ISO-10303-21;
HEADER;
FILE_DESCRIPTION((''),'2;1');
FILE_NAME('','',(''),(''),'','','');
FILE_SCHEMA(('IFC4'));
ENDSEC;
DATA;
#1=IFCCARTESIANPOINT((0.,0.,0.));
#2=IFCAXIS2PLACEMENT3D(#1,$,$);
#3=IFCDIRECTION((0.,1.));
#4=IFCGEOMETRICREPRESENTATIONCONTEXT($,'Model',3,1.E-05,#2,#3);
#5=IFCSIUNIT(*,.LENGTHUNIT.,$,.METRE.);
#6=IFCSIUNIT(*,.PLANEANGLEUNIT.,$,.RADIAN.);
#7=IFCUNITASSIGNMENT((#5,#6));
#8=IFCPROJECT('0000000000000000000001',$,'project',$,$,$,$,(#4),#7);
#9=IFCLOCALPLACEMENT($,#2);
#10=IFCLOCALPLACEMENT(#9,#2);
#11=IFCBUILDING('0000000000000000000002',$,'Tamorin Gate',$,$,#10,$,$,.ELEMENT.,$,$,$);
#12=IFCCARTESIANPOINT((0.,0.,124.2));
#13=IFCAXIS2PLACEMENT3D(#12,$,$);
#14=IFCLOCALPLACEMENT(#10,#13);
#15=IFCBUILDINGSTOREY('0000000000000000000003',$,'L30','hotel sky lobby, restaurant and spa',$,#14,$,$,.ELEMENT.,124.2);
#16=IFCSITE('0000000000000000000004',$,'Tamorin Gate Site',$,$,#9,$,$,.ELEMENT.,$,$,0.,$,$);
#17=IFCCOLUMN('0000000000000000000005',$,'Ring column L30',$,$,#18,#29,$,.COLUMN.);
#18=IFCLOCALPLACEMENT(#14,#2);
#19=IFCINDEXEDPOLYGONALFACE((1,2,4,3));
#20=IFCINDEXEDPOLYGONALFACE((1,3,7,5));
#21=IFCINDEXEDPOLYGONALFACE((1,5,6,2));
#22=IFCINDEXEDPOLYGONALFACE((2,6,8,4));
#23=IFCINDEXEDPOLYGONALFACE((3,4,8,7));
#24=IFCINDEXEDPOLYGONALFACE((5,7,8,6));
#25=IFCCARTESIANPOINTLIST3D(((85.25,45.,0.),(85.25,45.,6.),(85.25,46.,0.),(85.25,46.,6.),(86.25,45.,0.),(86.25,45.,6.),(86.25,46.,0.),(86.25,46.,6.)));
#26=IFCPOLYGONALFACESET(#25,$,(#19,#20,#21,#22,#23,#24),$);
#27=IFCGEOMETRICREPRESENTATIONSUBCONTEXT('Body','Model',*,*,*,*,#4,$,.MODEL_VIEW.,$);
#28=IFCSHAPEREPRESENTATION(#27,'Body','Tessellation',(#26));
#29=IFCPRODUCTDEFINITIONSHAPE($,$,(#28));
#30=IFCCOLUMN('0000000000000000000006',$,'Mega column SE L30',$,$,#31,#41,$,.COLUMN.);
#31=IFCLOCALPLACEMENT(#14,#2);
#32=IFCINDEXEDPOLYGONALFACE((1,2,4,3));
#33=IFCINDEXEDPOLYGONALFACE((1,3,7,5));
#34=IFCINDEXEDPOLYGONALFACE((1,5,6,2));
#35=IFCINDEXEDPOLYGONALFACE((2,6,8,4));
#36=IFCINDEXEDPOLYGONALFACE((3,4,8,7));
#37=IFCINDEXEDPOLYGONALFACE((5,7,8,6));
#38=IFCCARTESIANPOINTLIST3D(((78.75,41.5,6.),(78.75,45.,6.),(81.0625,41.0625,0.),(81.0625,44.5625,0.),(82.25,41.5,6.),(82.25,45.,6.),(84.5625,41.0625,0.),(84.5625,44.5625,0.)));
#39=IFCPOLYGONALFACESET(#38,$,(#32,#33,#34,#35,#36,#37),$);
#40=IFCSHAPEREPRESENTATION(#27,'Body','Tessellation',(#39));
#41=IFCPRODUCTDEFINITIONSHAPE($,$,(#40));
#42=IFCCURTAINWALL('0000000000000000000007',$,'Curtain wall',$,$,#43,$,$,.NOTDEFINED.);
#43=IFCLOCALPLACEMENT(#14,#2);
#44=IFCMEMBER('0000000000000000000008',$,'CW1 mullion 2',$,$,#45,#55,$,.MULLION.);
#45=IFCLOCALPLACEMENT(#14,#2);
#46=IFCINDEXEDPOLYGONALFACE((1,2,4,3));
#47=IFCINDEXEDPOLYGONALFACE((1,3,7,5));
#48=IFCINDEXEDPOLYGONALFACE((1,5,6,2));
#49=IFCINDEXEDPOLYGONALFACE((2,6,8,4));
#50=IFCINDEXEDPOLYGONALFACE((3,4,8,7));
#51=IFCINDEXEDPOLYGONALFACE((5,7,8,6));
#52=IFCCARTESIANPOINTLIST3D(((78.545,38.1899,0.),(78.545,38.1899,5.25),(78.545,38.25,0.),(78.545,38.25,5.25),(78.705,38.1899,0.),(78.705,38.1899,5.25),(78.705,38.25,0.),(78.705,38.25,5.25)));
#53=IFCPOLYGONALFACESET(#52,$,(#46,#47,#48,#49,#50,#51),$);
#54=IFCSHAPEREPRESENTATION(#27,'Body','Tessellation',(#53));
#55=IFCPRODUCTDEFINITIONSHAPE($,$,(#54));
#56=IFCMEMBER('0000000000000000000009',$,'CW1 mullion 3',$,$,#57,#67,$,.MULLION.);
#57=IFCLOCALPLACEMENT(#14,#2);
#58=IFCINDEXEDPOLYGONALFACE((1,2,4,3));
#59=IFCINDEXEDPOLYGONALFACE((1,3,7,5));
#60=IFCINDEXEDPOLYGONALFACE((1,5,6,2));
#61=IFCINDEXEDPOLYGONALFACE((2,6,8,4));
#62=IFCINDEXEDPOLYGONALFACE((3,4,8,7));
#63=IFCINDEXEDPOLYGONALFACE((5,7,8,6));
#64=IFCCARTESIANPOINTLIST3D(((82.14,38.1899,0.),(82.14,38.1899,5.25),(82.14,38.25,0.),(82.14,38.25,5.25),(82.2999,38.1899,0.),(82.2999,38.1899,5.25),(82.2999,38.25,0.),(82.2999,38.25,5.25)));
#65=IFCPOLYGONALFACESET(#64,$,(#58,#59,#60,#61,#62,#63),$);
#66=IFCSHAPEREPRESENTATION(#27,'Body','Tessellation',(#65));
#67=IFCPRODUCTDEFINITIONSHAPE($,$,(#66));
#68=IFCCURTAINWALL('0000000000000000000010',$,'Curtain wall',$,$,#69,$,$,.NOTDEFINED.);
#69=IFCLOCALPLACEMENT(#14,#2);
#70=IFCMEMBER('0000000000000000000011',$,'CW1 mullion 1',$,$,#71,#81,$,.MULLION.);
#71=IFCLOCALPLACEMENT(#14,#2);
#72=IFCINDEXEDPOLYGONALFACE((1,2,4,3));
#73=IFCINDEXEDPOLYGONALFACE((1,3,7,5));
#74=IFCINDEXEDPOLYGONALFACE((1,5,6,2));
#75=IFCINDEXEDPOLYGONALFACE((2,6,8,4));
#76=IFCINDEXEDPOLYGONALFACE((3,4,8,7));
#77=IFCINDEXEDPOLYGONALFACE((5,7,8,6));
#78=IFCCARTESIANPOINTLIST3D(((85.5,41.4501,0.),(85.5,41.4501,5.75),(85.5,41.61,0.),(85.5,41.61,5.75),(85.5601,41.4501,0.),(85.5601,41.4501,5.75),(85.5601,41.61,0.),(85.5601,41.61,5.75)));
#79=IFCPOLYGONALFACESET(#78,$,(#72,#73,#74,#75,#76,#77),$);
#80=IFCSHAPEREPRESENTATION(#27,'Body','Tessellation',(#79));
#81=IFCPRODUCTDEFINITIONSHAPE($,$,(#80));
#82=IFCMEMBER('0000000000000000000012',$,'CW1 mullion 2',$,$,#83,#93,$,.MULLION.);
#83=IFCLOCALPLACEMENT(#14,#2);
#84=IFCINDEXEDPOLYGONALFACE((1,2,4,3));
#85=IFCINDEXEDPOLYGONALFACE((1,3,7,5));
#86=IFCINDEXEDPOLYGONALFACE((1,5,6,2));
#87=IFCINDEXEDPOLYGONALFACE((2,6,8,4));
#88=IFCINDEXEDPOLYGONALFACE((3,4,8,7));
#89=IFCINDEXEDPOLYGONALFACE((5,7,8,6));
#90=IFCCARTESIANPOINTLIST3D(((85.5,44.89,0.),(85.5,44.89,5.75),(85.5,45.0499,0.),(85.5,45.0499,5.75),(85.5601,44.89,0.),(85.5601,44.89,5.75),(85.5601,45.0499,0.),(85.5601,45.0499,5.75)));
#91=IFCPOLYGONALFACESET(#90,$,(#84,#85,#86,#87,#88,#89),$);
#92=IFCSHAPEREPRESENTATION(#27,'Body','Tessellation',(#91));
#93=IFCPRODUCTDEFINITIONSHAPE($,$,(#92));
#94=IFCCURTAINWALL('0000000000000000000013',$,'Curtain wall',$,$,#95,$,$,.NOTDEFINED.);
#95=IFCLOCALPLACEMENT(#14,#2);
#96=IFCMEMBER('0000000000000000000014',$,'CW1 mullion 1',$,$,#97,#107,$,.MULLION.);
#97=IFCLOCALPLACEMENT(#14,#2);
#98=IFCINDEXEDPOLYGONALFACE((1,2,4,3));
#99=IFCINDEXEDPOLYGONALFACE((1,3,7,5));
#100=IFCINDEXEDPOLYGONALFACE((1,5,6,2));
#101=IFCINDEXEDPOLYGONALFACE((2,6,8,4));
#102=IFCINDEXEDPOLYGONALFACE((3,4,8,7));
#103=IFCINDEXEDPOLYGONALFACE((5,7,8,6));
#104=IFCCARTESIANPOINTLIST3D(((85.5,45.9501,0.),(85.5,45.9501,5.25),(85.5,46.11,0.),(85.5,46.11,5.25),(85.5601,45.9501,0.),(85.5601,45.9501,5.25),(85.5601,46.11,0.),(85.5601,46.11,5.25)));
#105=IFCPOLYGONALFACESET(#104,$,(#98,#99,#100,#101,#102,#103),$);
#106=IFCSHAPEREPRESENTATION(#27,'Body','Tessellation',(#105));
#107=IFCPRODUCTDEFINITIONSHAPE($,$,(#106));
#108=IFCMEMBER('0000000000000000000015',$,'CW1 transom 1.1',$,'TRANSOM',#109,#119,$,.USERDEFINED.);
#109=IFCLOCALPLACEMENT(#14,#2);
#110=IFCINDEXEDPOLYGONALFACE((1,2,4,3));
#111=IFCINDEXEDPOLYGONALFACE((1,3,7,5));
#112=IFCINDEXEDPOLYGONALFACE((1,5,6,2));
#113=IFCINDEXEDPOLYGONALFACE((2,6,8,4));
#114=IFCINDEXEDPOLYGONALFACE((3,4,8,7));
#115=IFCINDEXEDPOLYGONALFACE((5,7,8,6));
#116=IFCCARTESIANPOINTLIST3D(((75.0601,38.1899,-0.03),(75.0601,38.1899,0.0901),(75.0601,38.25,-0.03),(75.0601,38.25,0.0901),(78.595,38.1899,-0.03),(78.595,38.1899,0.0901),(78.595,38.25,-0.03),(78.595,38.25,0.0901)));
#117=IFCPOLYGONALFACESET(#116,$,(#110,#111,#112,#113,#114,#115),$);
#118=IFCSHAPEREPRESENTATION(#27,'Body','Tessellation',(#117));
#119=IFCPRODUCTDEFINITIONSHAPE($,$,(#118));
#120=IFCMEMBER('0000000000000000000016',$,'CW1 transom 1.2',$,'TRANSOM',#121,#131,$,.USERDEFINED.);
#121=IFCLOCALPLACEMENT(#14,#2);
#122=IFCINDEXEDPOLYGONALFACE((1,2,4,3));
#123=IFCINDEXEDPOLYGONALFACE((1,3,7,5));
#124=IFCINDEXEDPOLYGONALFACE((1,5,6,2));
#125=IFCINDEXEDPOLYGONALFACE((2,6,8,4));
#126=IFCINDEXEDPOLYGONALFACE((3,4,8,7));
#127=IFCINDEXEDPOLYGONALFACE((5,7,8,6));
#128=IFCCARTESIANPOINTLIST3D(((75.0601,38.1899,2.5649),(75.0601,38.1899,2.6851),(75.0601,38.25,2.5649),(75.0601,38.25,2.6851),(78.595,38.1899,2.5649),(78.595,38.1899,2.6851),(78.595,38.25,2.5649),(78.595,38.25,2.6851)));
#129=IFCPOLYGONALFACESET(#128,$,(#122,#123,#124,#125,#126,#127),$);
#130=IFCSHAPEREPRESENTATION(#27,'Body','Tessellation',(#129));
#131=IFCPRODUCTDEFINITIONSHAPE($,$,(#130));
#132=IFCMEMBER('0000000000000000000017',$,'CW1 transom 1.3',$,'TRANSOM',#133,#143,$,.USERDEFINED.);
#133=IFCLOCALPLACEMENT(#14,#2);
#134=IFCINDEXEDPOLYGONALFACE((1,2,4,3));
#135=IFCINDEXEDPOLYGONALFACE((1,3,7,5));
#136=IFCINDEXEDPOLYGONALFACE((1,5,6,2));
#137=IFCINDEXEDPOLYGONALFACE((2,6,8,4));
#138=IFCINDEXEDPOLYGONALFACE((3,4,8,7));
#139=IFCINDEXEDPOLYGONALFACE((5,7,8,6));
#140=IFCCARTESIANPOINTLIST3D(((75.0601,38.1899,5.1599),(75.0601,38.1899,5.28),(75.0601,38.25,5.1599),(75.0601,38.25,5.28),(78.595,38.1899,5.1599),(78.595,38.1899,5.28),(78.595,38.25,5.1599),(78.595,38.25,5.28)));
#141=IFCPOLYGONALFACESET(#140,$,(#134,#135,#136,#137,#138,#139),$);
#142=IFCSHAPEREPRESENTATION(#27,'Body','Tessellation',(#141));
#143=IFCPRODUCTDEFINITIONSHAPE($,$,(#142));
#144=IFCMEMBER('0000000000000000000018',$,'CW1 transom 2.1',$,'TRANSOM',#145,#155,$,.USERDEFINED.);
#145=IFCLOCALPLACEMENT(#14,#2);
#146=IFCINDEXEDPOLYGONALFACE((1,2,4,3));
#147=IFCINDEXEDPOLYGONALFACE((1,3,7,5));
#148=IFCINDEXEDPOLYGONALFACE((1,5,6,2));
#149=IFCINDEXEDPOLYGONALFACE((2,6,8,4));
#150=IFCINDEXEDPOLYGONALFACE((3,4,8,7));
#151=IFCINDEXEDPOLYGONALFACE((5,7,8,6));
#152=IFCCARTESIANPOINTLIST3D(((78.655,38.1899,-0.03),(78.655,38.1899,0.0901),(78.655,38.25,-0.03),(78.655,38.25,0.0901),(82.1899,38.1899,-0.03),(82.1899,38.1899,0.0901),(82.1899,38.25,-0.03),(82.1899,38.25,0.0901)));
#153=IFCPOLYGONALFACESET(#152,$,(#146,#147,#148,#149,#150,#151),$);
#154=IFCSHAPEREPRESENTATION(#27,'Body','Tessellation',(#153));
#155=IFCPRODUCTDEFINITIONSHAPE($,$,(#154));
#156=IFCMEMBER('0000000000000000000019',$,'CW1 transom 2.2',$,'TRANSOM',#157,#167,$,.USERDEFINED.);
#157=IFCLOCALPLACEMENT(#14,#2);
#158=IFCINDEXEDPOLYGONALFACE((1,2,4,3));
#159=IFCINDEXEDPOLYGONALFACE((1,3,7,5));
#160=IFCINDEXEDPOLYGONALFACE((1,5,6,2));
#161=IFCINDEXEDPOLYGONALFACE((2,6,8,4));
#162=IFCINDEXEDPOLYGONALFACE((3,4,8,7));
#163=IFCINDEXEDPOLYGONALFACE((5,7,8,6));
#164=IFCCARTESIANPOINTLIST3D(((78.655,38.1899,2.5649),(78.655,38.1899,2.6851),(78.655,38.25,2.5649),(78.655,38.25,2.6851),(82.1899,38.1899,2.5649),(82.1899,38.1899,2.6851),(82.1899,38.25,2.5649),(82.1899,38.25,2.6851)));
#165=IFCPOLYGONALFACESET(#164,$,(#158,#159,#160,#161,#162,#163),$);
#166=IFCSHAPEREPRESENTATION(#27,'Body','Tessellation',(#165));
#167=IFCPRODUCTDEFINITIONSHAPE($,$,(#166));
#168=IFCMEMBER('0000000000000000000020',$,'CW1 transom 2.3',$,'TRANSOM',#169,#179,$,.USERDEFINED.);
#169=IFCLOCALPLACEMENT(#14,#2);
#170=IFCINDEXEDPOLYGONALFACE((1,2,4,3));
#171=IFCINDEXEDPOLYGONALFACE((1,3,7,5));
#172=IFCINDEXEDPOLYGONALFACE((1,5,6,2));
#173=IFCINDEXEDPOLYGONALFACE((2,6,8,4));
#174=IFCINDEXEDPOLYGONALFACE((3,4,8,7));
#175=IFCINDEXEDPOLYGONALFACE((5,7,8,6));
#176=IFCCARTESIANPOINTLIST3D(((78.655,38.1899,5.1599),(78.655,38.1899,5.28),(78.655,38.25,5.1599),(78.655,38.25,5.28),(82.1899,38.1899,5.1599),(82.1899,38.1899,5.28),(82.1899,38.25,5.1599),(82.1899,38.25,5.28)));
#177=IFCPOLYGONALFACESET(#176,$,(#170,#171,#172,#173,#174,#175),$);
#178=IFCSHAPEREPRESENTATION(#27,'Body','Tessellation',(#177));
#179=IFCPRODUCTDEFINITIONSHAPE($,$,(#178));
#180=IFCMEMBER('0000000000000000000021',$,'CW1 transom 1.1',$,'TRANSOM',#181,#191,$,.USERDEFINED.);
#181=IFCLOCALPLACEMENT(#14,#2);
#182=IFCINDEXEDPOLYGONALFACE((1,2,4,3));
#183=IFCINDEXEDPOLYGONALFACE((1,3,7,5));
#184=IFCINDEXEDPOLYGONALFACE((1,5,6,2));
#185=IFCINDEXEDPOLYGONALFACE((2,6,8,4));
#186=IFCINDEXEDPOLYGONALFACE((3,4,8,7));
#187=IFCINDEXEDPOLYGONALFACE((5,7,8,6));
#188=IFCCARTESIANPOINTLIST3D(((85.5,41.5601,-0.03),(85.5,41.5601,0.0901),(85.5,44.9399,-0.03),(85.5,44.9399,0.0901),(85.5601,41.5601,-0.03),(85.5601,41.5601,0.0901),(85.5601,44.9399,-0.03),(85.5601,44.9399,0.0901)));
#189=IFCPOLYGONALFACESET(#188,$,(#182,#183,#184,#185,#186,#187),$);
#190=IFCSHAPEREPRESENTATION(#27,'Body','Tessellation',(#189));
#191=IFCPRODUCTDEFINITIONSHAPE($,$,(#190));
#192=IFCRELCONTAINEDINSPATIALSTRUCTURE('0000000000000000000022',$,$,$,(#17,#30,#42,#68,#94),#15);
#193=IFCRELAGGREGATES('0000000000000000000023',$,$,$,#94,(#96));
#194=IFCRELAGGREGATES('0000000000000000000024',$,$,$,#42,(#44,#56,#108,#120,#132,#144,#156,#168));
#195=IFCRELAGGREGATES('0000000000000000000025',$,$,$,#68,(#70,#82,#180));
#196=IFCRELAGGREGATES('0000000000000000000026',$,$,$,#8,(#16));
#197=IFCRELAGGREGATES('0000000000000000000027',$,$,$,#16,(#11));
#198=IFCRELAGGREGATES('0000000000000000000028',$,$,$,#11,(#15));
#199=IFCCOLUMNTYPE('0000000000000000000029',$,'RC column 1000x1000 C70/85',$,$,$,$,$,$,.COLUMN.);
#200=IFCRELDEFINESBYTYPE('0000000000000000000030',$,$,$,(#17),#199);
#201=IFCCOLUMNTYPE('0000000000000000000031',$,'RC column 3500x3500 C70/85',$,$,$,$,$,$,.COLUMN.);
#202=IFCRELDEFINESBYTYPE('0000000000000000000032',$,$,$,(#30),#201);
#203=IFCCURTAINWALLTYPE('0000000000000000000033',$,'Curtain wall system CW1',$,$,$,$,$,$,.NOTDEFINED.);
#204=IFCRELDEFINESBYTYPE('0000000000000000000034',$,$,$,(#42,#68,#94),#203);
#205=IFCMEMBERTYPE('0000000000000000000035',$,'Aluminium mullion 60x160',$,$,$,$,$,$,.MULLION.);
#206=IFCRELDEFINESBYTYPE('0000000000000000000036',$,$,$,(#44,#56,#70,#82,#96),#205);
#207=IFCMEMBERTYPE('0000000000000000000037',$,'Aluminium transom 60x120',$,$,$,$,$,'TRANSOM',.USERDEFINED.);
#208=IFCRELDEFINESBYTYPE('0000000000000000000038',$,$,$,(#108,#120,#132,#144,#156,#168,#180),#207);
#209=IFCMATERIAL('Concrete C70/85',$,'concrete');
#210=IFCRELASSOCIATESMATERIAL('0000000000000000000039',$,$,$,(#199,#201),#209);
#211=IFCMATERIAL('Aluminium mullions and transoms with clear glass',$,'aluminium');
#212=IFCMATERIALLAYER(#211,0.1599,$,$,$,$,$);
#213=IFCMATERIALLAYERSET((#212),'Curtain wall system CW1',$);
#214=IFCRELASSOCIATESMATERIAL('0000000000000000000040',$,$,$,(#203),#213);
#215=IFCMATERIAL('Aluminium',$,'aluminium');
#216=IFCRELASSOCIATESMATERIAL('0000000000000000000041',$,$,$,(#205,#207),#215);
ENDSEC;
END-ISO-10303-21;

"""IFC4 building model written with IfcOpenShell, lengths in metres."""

from ifc_helpers import new_model, si_unit, direction, frame, origin, origin_2d, place, context, subcontext, project, spatial, rectangle, extrude, material, layer, layer_set, material_profile, profile_set, type_object, element, aggregate, save


model = new_model("IFC4")

# Units and contexts
model_context = context("Model", 3, precision=1e-05, world=origin(), true_north=direction((0.0, 1.0)))
body_context = subcontext(model_context, "Body", "Model", "MODEL_VIEW")
ifc_project = project(units=[si_unit("LENGTHUNIT", "METRE"), si_unit("PLANEANGLEUNIT", "RADIAN")], contexts=[model_context])

# Site, building, storey
site_placement = place(None, origin())
site = spatial("IfcSite", under=ifc_project, at=site_placement, Name="Tamorin Gate Site", CompositionType="ELEMENT", RefElevation=0.0)
building_placement = place(site_placement, origin())
building = spatial("IfcBuilding", under=site, at=building_placement, Name="Tamorin Gate", CompositionType="ELEMENT")
storey_placement = place(building_placement, frame((0.0, 0.0, 124.2)))
storey = spatial("IfcBuildingStorey", under=building, at=storey_placement, Name="L30", Description="hotel sky lobby, restaurant and spa", CompositionType="ELEMENT", Elevation=124.2)

# Columns
ifc_material_1 = material(Name="Concrete C70/85", Category="concrete")
ifc_material_profile_1 = material_profile(ifc_material_1, rectangle(XDim=1.0, YDim=1.0, at=origin_2d()), Name="RC 1000x1000")
ifc_profile_set_1 = profile_set([ifc_material_profile_1], Name="Concrete C70/85")
column_type_1 = type_object("IfcColumnType", Name="RC column 1000x1000 C70/85", PredefinedType="COLUMN", material=ifc_profile_set_1)
column_1_placement = place(storey_placement, frame((85.75, 45.5, 0.0), z_axis=(0.0, 0.0, 1.0), x_axis=(1.0, 0.0, 0.0)))
element("IfcColumn", 1, at=column_1_placement, inside=storey, type_object=column_type_1, Name="Ring column L30", PredefinedType="COLUMN", context=body_context, shape_type="SweptSolid", body=[
    extrude(rectangle(XDim=1.0, YDim=1.0, at=origin_2d()), origin(), (0.0, 0.0, 1.0), 6.0),
])
ifc_material_profile_2 = material_profile(ifc_material_1, rectangle(XDim=3.5, YDim=3.5, at=origin_2d()), Name="RC 3500x3500")
ifc_profile_set_2 = profile_set([ifc_material_profile_2], Name="Concrete C70/85")
column_type_2 = type_object("IfcColumnType", Name="RC column 3500x3500 C70/85", PredefinedType="COLUMN", material=ifc_profile_set_2)
column_2_placement = place(storey_placement, frame((82.8125, 42.8125, 0.0), z_axis=(0.0, 0.0, 1.0), x_axis=(0.0, 1.0, 0.0)))
element("IfcColumn", 2, at=column_2_placement, inside=storey, type_object=column_type_2, Name="Mega column SE L30", PredefinedType="COLUMN", context=body_context, shape_type="SweptSolid", body=[
    extrude(rectangle(XDim=3.5, YDim=3.5, at=origin_2d()), origin(), (0.067881, 0.358801, 0.930943), 6.4451),
])

# Curtain walls, members
ifc_material_2 = material(Name="Aluminium mullions and transoms with clear glass", Category="aluminium")
ifc_layer_1 = layer(ifc_material_2, 0.1599)
ifc_layer_set_1 = layer_set([ifc_layer_1], Name="Curtain wall system CW1")
curtain_wall_type = type_object("IfcCurtainWallType", Name="Curtain wall system CW1", PredefinedType="NOTDEFINED", material=ifc_layer_set_1)
curtain_wall_1_placement = place(storey_placement, origin())
curtain_wall_1 = element("IfcCurtainWall", 3, at=curtain_wall_1_placement, inside=storey, type_object=curtain_wall_type, Name="Curtain wall", PredefinedType="NOTDEFINED")
ifc_material_3 = material(Name="Aluminium", Category="aluminium")
ifc_material_profile_3 = material_profile(ifc_material_3, rectangle(XDim=0.0601, YDim=0.1599, at=origin_2d()), Name="RECT 60x160")
ifc_profile_set_3 = profile_set([ifc_material_profile_3], Name="Aluminium")
member_type_1 = type_object("IfcMemberType", Name="Aluminium mullion 60x160", PredefinedType="MULLION", material=ifc_profile_set_3)
member_1_placement = place(storey_placement, frame((78.625, 38.22, 0.0), z_axis=(0.0, 0.0, 1.0), x_axis=(0.0, 1.0, 0.0)))
member_1 = element("IfcMember", 4, at=member_1_placement, type_object=member_type_1, Name="CW1 mullion 2", PredefinedType="MULLION", context=body_context, shape_type="SweptSolid", body=[
    extrude(rectangle(XDim=0.0601, YDim=0.1599, at=origin_2d()), origin(), (0.0, 0.0, 1.0), 5.25),
])
member_2_placement = place(storey_placement, frame((82.22, 38.22, 0.0), z_axis=(0.0, 0.0, 1.0), x_axis=(0.0, 1.0, 0.0)))
member_2 = element("IfcMember", 5, at=member_2_placement, type_object=member_type_1, Name="CW1 mullion 3", PredefinedType="MULLION", context=body_context, shape_type="SweptSolid", body=[
    extrude(rectangle(XDim=0.0601, YDim=0.1599, at=origin_2d()), origin(), (0.0, 0.0, 1.0), 5.25),
])
curtain_wall_2_placement = place(storey_placement, origin())
curtain_wall_2 = element("IfcCurtainWall", 6, at=curtain_wall_2_placement, inside=storey, type_object=curtain_wall_type, Name="Curtain wall", PredefinedType="NOTDEFINED")
member_3_placement = place(storey_placement, frame((85.53, 41.53, 0.0), z_axis=(0.0, 0.0, 1.0), x_axis=(-1.0, 0.0, 0.0)))
member_3 = element("IfcMember", 7, at=member_3_placement, type_object=member_type_1, Name="CW1 mullion 1", PredefinedType="MULLION", context=body_context, shape_type="SweptSolid", body=[
    extrude(rectangle(XDim=0.0601, YDim=0.1599, at=origin_2d()), origin(), (0.0, 0.0, 1.0), 5.75),
])
member_4_placement = place(storey_placement, frame((85.53, 44.97, 0.0), z_axis=(0.0, 0.0, 1.0), x_axis=(-1.0, 0.0, 0.0)))
member_4 = element("IfcMember", 8, at=member_4_placement, type_object=member_type_1, Name="CW1 mullion 2", PredefinedType="MULLION", context=body_context, shape_type="SweptSolid", body=[
    extrude(rectangle(XDim=0.0601, YDim=0.1599, at=origin_2d()), origin(), (0.0, 0.0, 1.0), 5.75),
])

# Curtain wall, member
curtain_wall_3_placement = place(storey_placement, origin())
curtain_wall_3 = element("IfcCurtainWall", 9, at=curtain_wall_3_placement, inside=storey, type_object=curtain_wall_type, Name="Curtain wall", PredefinedType="NOTDEFINED")
member_5_placement = place(storey_placement, frame((85.53, 46.03, 0.0), z_axis=(0.0, 0.0, 1.0), x_axis=(-1.0, 0.0, 0.0)))
member_5 = element("IfcMember", 10, at=member_5_placement, type_object=member_type_1, Name="CW1 mullion 1", PredefinedType="MULLION", context=body_context, shape_type="SweptSolid", body=[
    extrude(rectangle(XDim=0.0601, YDim=0.1599, at=origin_2d()), origin(), (0.0, 0.0, 1.0), 5.25),
])

# Members
ifc_material_profile_4 = material_profile(ifc_material_3, rectangle(XDim=0.0601, YDim=0.1201, at=origin_2d()), Name="RECT 60x120")
ifc_profile_set_4 = profile_set([ifc_material_profile_4], Name="Aluminium")
member_type_2 = type_object("IfcMemberType", Name="Aluminium transom 60x120", ElementType="TRANSOM", PredefinedType="USERDEFINED", material=ifc_profile_set_4)
member_6_placement = place(storey_placement, frame((75.0601, 38.22, 0.03), z_axis=(1.0, 0.0, 0.0), x_axis=(0.0, 1.0, 0.0)))
member_6 = element("IfcMember", 11, at=member_6_placement, type_object=member_type_2, Name="CW1 transom 1.1", ObjectType="TRANSOM", PredefinedType="USERDEFINED", context=body_context, shape_type="SweptSolid", body=[
    extrude(rectangle(XDim=0.0601, YDim=0.1201, at=origin_2d()), origin(), (0.0, 0.0, 1.0), 3.5349),
])
member_7_placement = place(storey_placement, frame((75.0601, 38.22, 2.625), z_axis=(1.0, 0.0, 0.0), x_axis=(0.0, 1.0, 0.0)))
member_7 = element("IfcMember", 12, at=member_7_placement, type_object=member_type_2, Name="CW1 transom 1.2", ObjectType="TRANSOM", PredefinedType="USERDEFINED", context=body_context, shape_type="SweptSolid", body=[
    extrude(rectangle(XDim=0.0601, YDim=0.1201, at=origin_2d()), origin(), (0.0, 0.0, 1.0), 3.5349),
])
member_8_placement = place(storey_placement, frame((75.0601, 38.22, 5.22), z_axis=(1.0, 0.0, 0.0), x_axis=(0.0, 1.0, 0.0)))
member_8 = element("IfcMember", 13, at=member_8_placement, type_object=member_type_2, Name="CW1 transom 1.3", ObjectType="TRANSOM", PredefinedType="USERDEFINED", context=body_context, shape_type="SweptSolid", body=[
    extrude(rectangle(XDim=0.0601, YDim=0.1201, at=origin_2d()), origin(), (0.0, 0.0, 1.0), 3.5349),
])
member_9_placement = place(storey_placement, frame((78.655, 38.22, 0.03), z_axis=(1.0, 0.0, 0.0), x_axis=(0.0, 1.0, 0.0)))
member_9 = element("IfcMember", 14, at=member_9_placement, type_object=member_type_2, Name="CW1 transom 2.1", ObjectType="TRANSOM", PredefinedType="USERDEFINED", context=body_context, shape_type="SweptSolid", body=[
    extrude(rectangle(XDim=0.0601, YDim=0.1201, at=origin_2d()), origin(), (0.0, 0.0, 1.0), 3.5349),
])
member_10_placement = place(storey_placement, frame((78.655, 38.22, 2.625), z_axis=(1.0, 0.0, 0.0), x_axis=(0.0, 1.0, 0.0)))
member_10 = element("IfcMember", 15, at=member_10_placement, type_object=member_type_2, Name="CW1 transom 2.2", ObjectType="TRANSOM", PredefinedType="USERDEFINED", context=body_context, shape_type="SweptSolid", body=[
    extrude(rectangle(XDim=0.0601, YDim=0.1201, at=origin_2d()), origin(), (0.0, 0.0, 1.0), 3.5349),
])
member_11_placement = place(storey_placement, frame((78.655, 38.22, 5.22), z_axis=(1.0, 0.0, 0.0), x_axis=(0.0, 1.0, 0.0)))
member_11 = element("IfcMember", 16, at=member_11_placement, type_object=member_type_2, Name="CW1 transom 2.3", ObjectType="TRANSOM", PredefinedType="USERDEFINED", context=body_context, shape_type="SweptSolid", body=[
    extrude(rectangle(XDim=0.0601, YDim=0.1201, at=origin_2d()), origin(), (0.0, 0.0, 1.0), 3.5349),
])
member_12_placement = place(storey_placement, frame((85.53, 41.5601, 0.03), z_axis=(0.0, 1.0, 0.0), x_axis=(-1.0, 0.0, 0.0)))
member_12 = element("IfcMember", 17, at=member_12_placement, type_object=member_type_2, Name="CW1 transom 1.1", ObjectType="TRANSOM", PredefinedType="USERDEFINED", context=body_context, shape_type="SweptSolid", body=[
    extrude(rectangle(XDim=0.0601, YDim=0.1201, at=origin_2d()), origin(), (0.0, 0.0, 1.0), 3.3799),
])
aggregate(curtain_wall_3, [member_5])

aggregate(curtain_wall_1, [member_1, member_2, member_6, member_7, member_8, member_9, member_10, member_11])
aggregate(curtain_wall_2, [member_3, member_4, member_12])

save(model, "model.ifc")
